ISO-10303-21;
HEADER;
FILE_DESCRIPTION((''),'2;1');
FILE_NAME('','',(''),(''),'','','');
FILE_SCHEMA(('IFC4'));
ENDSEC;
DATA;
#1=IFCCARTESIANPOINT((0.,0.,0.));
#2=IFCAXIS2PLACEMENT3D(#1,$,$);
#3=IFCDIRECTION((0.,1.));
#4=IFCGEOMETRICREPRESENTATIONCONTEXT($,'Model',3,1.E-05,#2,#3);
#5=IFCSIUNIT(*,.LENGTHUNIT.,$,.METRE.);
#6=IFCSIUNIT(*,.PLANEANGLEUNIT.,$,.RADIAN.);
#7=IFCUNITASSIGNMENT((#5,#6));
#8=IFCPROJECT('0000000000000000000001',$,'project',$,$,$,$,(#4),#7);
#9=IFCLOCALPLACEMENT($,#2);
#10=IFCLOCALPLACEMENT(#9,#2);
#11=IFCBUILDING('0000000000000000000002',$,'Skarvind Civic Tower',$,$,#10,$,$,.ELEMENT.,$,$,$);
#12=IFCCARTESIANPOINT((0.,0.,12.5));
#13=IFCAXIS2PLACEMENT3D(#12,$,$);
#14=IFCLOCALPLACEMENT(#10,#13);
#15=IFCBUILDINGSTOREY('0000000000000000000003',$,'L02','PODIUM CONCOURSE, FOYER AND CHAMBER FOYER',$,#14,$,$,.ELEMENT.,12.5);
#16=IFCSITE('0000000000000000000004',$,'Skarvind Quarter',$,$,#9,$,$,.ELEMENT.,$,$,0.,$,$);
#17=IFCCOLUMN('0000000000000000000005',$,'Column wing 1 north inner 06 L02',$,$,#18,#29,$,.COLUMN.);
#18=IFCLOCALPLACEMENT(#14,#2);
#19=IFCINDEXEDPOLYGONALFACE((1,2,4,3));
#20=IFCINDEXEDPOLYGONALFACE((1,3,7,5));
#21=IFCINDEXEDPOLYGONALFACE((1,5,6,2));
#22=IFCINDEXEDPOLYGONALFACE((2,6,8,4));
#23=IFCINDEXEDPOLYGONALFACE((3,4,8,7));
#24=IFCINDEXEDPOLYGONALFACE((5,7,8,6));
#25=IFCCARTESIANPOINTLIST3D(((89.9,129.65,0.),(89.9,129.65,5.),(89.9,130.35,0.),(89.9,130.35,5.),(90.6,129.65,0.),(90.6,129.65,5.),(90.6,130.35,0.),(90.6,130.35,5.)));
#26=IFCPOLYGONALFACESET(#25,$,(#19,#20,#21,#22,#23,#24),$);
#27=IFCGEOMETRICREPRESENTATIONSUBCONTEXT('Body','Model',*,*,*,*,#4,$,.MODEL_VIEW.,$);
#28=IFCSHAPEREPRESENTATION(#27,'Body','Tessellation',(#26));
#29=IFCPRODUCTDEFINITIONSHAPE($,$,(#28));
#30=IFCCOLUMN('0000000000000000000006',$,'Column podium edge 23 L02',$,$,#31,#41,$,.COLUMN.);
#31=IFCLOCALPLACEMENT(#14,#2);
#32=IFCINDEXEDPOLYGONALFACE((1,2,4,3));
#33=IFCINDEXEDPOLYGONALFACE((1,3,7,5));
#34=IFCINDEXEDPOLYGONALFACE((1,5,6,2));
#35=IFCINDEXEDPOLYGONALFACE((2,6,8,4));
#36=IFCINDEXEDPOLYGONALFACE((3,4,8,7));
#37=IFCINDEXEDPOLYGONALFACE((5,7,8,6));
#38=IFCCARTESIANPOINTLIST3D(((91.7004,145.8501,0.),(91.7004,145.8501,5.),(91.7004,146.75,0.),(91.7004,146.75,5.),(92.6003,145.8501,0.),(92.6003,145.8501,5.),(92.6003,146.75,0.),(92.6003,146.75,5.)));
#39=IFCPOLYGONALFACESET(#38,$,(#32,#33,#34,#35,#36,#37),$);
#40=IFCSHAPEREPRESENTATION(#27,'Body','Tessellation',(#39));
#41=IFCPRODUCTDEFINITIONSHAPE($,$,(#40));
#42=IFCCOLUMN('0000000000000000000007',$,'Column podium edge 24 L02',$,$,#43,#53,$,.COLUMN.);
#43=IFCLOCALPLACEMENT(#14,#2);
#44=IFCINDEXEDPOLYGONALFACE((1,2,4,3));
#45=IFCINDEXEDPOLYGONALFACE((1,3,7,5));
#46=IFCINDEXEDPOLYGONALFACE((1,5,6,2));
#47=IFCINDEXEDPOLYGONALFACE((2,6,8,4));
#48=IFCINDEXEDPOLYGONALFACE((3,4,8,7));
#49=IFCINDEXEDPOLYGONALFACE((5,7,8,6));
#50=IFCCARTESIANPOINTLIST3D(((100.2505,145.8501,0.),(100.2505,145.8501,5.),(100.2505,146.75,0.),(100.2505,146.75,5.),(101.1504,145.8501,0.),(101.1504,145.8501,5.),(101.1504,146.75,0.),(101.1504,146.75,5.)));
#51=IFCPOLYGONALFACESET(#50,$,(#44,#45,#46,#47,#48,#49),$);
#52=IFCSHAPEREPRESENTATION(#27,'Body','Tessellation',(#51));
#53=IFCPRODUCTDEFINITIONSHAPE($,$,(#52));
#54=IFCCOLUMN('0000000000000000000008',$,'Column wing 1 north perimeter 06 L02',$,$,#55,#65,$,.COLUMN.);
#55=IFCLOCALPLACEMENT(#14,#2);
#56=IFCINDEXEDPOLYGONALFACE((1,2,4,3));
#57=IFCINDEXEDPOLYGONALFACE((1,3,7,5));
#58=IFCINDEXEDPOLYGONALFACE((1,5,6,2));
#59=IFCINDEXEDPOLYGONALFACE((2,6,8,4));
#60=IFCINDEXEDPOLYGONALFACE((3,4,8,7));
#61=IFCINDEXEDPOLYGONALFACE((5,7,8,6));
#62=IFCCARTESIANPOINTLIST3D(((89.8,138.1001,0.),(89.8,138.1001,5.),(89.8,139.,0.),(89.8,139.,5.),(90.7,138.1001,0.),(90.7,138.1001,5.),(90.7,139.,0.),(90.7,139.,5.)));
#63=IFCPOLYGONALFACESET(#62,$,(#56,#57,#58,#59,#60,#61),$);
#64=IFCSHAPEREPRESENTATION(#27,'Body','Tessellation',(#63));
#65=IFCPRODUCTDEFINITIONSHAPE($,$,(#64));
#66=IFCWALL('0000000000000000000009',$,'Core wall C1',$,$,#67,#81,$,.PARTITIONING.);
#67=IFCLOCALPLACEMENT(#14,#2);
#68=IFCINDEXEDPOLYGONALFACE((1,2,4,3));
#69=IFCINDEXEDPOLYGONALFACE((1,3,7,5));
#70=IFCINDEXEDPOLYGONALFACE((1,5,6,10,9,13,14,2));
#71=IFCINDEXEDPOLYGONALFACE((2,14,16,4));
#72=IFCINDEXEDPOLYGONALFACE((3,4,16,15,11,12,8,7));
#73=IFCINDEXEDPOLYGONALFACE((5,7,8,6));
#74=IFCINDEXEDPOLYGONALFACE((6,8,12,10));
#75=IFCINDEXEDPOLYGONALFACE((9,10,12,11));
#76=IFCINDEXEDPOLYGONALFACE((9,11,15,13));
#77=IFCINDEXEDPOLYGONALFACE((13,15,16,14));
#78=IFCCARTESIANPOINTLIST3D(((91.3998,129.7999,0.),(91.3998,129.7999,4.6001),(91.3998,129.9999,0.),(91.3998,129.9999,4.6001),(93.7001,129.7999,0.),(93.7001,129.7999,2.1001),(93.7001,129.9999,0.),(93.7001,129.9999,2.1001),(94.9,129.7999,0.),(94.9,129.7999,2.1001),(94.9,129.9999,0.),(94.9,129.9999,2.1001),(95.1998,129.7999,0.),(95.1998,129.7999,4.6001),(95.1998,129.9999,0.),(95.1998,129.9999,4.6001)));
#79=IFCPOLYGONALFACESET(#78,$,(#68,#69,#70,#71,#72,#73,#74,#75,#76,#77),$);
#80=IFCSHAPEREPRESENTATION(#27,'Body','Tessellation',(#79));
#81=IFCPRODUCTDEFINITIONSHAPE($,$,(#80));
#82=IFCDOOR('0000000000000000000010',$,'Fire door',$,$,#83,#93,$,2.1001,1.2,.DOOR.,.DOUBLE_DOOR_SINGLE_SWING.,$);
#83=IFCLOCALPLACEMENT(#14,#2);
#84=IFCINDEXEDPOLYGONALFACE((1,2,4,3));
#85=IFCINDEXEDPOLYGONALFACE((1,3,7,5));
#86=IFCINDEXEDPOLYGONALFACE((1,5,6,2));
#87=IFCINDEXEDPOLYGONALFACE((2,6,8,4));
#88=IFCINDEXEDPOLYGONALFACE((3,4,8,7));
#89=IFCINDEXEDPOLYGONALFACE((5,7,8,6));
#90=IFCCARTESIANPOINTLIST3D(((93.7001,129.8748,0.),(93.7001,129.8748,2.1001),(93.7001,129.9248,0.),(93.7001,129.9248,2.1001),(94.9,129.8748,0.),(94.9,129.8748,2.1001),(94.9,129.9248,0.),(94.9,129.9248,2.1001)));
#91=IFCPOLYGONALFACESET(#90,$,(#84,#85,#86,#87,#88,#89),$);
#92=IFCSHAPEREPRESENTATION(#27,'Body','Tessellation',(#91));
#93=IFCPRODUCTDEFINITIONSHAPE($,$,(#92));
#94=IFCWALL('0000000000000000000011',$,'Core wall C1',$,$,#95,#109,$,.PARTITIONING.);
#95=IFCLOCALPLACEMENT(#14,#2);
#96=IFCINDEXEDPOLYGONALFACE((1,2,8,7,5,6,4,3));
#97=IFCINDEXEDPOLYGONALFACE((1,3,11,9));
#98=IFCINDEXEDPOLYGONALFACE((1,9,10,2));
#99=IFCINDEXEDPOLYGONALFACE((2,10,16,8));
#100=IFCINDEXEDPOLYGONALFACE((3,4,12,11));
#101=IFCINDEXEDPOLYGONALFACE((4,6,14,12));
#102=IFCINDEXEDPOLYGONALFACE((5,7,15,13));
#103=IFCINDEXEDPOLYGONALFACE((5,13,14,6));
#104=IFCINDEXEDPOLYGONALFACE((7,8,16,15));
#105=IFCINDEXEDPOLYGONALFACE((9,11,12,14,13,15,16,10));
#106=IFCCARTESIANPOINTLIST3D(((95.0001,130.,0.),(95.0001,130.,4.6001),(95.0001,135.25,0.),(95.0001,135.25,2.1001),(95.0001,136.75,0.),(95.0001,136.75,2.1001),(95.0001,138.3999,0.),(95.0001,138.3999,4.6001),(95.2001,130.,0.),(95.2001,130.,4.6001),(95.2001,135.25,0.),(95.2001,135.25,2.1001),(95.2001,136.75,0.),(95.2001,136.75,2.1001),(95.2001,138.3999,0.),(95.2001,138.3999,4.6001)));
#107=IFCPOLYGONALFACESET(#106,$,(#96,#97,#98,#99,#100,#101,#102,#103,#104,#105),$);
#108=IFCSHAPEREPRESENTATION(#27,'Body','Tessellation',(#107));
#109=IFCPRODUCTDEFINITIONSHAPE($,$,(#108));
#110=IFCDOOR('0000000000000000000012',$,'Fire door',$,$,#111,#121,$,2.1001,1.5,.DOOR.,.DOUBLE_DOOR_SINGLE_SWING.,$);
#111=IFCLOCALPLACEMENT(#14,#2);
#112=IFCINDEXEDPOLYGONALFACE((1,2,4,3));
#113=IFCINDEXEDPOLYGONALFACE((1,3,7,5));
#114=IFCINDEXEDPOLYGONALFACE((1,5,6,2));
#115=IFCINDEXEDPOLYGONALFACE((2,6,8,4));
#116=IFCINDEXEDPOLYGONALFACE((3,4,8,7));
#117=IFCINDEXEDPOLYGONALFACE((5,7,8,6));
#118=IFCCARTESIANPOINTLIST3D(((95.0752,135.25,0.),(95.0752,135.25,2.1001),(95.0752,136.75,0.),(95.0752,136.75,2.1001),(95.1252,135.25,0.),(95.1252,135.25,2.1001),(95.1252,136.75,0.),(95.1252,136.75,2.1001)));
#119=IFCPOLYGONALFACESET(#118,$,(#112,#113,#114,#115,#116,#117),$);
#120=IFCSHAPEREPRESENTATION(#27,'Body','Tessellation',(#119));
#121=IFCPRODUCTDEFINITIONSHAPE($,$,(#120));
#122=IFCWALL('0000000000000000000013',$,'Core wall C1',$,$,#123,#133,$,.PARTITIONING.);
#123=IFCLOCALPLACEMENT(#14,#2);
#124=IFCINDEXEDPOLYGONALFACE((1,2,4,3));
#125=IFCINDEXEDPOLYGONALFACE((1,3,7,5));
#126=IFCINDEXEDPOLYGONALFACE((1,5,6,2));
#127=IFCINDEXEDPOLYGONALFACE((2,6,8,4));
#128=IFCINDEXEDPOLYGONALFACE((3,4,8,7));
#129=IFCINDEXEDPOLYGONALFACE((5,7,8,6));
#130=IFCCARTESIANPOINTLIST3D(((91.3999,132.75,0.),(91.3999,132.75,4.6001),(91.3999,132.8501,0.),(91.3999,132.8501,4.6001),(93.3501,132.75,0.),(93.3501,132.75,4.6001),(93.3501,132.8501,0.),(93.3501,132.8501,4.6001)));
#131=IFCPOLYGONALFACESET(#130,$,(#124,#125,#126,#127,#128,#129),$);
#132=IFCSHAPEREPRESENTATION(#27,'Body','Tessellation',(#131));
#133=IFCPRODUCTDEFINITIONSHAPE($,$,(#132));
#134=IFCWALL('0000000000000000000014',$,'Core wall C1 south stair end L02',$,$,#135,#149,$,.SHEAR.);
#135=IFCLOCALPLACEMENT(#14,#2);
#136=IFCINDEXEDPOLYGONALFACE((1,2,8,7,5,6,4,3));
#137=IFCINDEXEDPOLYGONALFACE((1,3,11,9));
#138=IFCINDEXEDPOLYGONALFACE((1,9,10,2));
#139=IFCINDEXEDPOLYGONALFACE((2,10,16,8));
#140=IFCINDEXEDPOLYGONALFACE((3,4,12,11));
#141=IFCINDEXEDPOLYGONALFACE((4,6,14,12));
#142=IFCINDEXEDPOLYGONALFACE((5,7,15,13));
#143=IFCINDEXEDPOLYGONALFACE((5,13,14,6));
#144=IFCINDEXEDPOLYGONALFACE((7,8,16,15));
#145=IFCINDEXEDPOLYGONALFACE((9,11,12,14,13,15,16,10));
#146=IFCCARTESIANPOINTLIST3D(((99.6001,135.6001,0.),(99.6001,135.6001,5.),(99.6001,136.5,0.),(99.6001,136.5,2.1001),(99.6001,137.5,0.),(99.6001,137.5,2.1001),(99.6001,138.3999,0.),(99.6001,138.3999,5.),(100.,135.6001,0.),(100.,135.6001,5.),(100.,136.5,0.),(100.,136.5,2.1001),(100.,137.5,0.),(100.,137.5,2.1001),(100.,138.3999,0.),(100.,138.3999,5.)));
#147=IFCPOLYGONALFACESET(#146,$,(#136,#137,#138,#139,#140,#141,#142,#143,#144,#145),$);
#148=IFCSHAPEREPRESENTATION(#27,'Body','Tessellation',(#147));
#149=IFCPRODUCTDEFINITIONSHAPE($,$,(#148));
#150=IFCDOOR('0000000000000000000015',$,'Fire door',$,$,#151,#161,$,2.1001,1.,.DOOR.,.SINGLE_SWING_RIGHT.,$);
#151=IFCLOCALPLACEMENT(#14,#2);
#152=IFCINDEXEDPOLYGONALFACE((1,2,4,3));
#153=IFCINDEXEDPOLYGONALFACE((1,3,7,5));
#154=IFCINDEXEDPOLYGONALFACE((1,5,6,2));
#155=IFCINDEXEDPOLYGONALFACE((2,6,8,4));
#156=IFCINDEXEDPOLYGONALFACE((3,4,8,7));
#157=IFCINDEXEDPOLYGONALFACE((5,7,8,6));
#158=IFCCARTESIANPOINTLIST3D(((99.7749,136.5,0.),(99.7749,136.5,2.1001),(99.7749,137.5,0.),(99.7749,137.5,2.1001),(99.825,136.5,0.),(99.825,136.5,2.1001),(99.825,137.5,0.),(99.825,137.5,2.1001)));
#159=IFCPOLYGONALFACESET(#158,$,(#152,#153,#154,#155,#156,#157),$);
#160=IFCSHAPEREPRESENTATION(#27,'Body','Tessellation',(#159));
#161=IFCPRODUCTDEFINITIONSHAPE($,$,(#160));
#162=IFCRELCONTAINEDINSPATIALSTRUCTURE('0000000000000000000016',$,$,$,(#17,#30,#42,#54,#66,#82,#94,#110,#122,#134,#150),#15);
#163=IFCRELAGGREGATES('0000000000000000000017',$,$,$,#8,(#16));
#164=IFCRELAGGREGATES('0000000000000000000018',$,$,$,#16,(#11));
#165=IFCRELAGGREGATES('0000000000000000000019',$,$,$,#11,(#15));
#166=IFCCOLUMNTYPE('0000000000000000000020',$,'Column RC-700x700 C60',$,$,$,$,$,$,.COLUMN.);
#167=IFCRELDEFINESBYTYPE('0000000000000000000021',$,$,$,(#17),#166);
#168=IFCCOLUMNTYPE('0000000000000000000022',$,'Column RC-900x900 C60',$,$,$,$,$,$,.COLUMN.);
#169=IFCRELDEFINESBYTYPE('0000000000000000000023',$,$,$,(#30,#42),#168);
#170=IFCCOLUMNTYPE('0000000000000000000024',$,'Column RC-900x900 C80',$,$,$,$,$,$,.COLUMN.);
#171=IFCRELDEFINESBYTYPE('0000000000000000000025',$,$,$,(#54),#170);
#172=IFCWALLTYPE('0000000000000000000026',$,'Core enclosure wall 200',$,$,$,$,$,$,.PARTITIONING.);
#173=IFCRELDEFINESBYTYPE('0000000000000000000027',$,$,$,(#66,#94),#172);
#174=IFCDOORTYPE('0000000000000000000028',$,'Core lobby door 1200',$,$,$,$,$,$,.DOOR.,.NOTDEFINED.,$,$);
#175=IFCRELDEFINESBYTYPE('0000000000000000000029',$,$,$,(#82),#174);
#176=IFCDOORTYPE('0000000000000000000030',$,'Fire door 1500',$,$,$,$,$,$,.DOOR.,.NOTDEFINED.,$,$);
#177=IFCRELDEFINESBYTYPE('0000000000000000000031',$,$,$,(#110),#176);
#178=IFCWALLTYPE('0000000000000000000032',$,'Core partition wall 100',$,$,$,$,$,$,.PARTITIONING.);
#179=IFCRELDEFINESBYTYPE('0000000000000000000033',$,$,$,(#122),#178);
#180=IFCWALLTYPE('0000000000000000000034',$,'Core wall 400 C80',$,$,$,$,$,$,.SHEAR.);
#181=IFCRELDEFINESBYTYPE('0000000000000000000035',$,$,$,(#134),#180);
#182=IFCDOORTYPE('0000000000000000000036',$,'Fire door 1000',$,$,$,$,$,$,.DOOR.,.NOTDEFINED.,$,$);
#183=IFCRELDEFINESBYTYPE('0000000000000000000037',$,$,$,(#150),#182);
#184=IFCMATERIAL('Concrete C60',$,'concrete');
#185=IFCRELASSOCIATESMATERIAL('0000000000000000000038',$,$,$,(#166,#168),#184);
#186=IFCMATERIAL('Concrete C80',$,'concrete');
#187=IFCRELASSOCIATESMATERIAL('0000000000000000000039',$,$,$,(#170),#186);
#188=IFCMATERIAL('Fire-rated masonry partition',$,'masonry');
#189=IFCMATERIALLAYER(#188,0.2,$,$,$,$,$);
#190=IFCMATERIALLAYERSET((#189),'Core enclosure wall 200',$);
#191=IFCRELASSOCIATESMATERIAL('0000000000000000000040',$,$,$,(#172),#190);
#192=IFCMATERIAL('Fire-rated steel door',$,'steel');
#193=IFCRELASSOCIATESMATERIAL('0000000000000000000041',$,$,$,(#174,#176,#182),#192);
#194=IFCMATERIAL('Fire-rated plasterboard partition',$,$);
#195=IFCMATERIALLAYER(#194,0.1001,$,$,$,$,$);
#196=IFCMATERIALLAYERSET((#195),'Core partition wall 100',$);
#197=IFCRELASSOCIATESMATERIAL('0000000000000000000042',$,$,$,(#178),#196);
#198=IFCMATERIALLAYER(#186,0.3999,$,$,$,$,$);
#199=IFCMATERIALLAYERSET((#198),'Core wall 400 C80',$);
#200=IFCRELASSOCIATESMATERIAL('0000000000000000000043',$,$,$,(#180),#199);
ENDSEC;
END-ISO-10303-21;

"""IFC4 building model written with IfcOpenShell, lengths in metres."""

from ifc_helpers import new_model, si_unit, direction, frame, frame_2d, origin, origin_2d, place, context, subcontext, project, spatial, rectangle, extrude, material, layer, layer_set, material_profile, profile_set, type_object, element, fill, save


model = new_model("IFC4")

# Units and contexts
model_context = context("Model", 3, precision=1e-05, world=origin(), true_north=direction((0.0, 1.0)))
body_context = subcontext(model_context, "Body", "Model", "MODEL_VIEW")
ifc_project = project(units=[si_unit("LENGTHUNIT", "METRE"), si_unit("PLANEANGLEUNIT", "RADIAN")], contexts=[model_context])

# Site, building, storey
site_placement = place(None, origin())
site = spatial("IfcSite", under=ifc_project, at=site_placement, Name="Skarvind Quarter", CompositionType="ELEMENT", RefElevation=0.0)
building_placement = place(site_placement, origin())
building = spatial("IfcBuilding", under=site, at=building_placement, Name="Skarvind Civic Tower", CompositionType="ELEMENT")
storey_placement = place(building_placement, frame((0.0, 0.0, 12.5)))
storey = spatial("IfcBuildingStorey", under=building, at=storey_placement, Name="L02", Description="PODIUM CONCOURSE, FOYER AND CHAMBER FOYER", CompositionType="ELEMENT", Elevation=12.5)

# Columns
ifc_material_1 = material(Name="Concrete C60", Category="concrete")
ifc_material_profile_1 = material_profile(ifc_material_1, rectangle(XDim=0.7, YDim=0.7, at=origin_2d()), Name="RC-700x700")
ifc_profile_set_1 = profile_set([ifc_material_profile_1], Name="Concrete C60")
column_type_1 = type_object("IfcColumnType", Name="Column RC-700x700 C60", PredefinedType="COLUMN", material=ifc_profile_set_1)
column_1_placement = place(storey_placement, frame((90.25, 130.0, 0.0), z_axis=(0.0, 0.0, 1.0), x_axis=(1.0, 0.0, 0.0)))
element("IfcColumn", 1, at=column_1_placement, inside=storey, type_object=column_type_1, Name="Column wing 1 north inner 06 L02", PredefinedType="COLUMN", context=body_context, shape_type="SweptSolid", body=[
    extrude(rectangle(XDim=0.7, YDim=0.7, at=origin_2d()), origin(), (0.0, 0.0, 1.0), 5.0),
])
ifc_material_profile_2 = material_profile(ifc_material_1, rectangle(XDim=0.8999, YDim=0.8999, at=origin_2d()), Name="RC-900x900")
ifc_profile_set_2 = profile_set([ifc_material_profile_2], Name="Concrete C60")
column_type_2 = type_object("IfcColumnType", Name="Column RC-900x900 C60", PredefinedType="COLUMN", material=ifc_profile_set_2)
for number, where, z_axis, x_axis, name in (
    (2, (92.1504, 146.3, 0.0), (0.0, 0.0, 1.0), (1.0, 0.0, 0.0), "Column podium edge 23 L02"),
    (3, (100.7004, 146.3, 0.0), (0.0, 0.0, 1.0), (1.0, 0.0, 0.0), "Column podium edge 24 L02"),
):
    element("IfcColumn", number, at=place(storey_placement, frame(where, z_axis=z_axis, x_axis=x_axis)), inside=storey, type_object=column_type_2, Name=name, PredefinedType="COLUMN", context=body_context, shape_type="SweptSolid", body=[
        extrude(rectangle(XDim=0.8999, YDim=0.8999, at=origin_2d()), origin(), (0.0, 0.0, 1.0), 5.0),
    ])
ifc_material_2 = material(Name="Concrete C80", Category="concrete")
ifc_material_profile_3 = material_profile(ifc_material_2, rectangle(XDim=0.8999, YDim=0.8999, at=origin_2d()), Name="RC-900x900")
ifc_profile_set_3 = profile_set([ifc_material_profile_3], Name="Concrete C80")
column_type_3 = type_object("IfcColumnType", Name="Column RC-900x900 C80", PredefinedType="COLUMN", material=ifc_profile_set_3)
column_2_placement = place(storey_placement, frame((90.25, 138.55, 0.0), z_axis=(0.0, 0.0, 1.0), x_axis=(1.0, 0.0, 0.0)))
element("IfcColumn", 4, at=column_2_placement, inside=storey, type_object=column_type_3, Name="Column wing 1 north perimeter 06 L02", PredefinedType="COLUMN", context=body_context, shape_type="SweptSolid", body=[
    extrude(rectangle(XDim=0.8999, YDim=0.8999, at=origin_2d()), origin(), (0.0, 0.0, 1.0), 5.0),
])

# Walls, openings, doors
ifc_material_3 = material(Name="Fire-rated masonry partition", Category="masonry")
ifc_layer_1 = layer(ifc_material_3, 0.2)
ifc_layer_set_1 = layer_set([ifc_layer_1], Name="Core enclosure wall 200")
wall_type_1 = type_object("IfcWallType", Name="Core enclosure wall 200", PredefinedType="PARTITIONING", material=ifc_layer_set_1)
wall_1_placement = place(storey_placement, frame((91.3999, 129.8999, 0.0), z_axis=(0.0, 0.0, 1.0), x_axis=(1.0, 0.0, 0.0)))
wall_1 = element("IfcWall", 5, at=wall_1_placement, inside=storey, type_object=wall_type_1, Name="Core wall C1", PredefinedType="PARTITIONING", context=body_context, shape_type="SweptSolid", body=[
    extrude(rectangle(XDim=3.8, YDim=0.2, at=frame_2d((1.8999, 0.0))), origin(), (0.0, 0.0, 1.0), 4.6001),
])
opening_1_placement = place(wall_1_placement, frame((2.3, 0.0, 0.0)))
opening_1 = element("IfcOpeningElement", 6, at=opening_1_placement, cuts=wall_1, PredefinedType="OPENING", context=body_context, shape_type="SweptSolid", body=[
    extrude(rectangle(XDim=1.2, YDim=2.1001, at=frame_2d((0.6001, 1.05))), frame((0.0, 0.1099, 0.0), z_axis=(0.0, -1.0, 0.0), x_axis=(1.0, 0.0, 0.0)), (0.0, 0.0, 1.0), 0.22),
])
ifc_material_4 = material(Name="Fire-rated steel door", Category="steel")
door_type_1 = type_object("IfcDoorType", Name="Core lobby door 1200", OperationType="NOTDEFINED", PredefinedType="DOOR", material=ifc_material_4)
door_1_placement = place(opening_1_placement, origin())
door_1 = element("IfcDoor", 7, at=door_1_placement, inside=storey, type_object=door_type_1, Name="Fire door", OperationType="DOUBLE_DOOR_SINGLE_SWING", OverallHeight=2.1001, OverallWidth=1.2, PredefinedType="DOOR", context=body_context, shape_type="SweptSolid", body=[
    extrude(rectangle(XDim=1.2, YDim=2.1001, at=frame_2d((0.6001, 1.05))), frame((0.0, 0.0249, 0.0), z_axis=(0.0, -1.0, 0.0), x_axis=(1.0, 0.0, 0.0)), (0.0, 0.0, 1.0), 0.05),
])
fill(opening_1, door_1)
wall_2_placement = place(storey_placement, frame((95.1001, 130.0, 0.0), z_axis=(0.0, 0.0, 1.0), x_axis=(0.0, 1.0, 0.0)))
wall_2 = element("IfcWall", 8, at=wall_2_placement, inside=storey, type_object=wall_type_1, Name="Core wall C1", PredefinedType="PARTITIONING", context=body_context, shape_type="SweptSolid", body=[
    extrude(rectangle(XDim=8.3999, YDim=0.2, at=frame_2d((4.2, 0.0))), origin(), (0.0, 0.0, 1.0), 4.6001),
])
opening_2_placement = place(wall_2_placement, frame((5.25, 0.0, 0.0)))
opening_2 = element("IfcOpeningElement", 9, at=opening_2_placement, cuts=wall_2, PredefinedType="OPENING", context=body_context, shape_type="SweptSolid", body=[
    extrude(rectangle(XDim=1.5, YDim=2.1001, at=frame_2d((0.75, 1.05))), frame((0.0, 0.1099, 0.0), z_axis=(0.0, -1.0, 0.0), x_axis=(1.0, 0.0, 0.0)), (0.0, 0.0, 1.0), 0.22),
])
door_type_2 = type_object("IfcDoorType", Name="Fire door 1500", OperationType="NOTDEFINED", PredefinedType="DOOR", material=ifc_material_4)
door_2_placement = place(opening_2_placement, origin())
door_2 = element("IfcDoor", 10, at=door_2_placement, inside=storey, type_object=door_type_2, Name="Fire door", OperationType="DOUBLE_DOOR_SINGLE_SWING", OverallHeight=2.1001, OverallWidth=1.5, PredefinedType="DOOR", context=body_context, shape_type="SweptSolid", body=[
    extrude(rectangle(XDim=1.5, YDim=2.1001, at=frame_2d((0.75, 1.05))), frame((0.0, 0.0249, 0.0), z_axis=(0.0, -1.0, 0.0), x_axis=(1.0, 0.0, 0.0)), (0.0, 0.0, 1.0), 0.05),
])
fill(opening_2, door_2)

# Wall
ifc_material_5 = material(Name="Fire-rated plasterboard partition")
ifc_layer_2 = layer(ifc_material_5, 0.1001)
ifc_layer_set_2 = layer_set([ifc_layer_2], Name="Core partition wall 100")
wall_type_2 = type_object("IfcWallType", Name="Core partition wall 100", PredefinedType="PARTITIONING", material=ifc_layer_set_2)
wall_3_placement = place(storey_placement, frame((91.3999, 132.8, 0.0), z_axis=(0.0, 0.0, 1.0), x_axis=(1.0, 0.0, 0.0)))
element("IfcWall", 11, at=wall_3_placement, inside=storey, type_object=wall_type_2, Name="Core wall C1", PredefinedType="PARTITIONING", context=body_context, shape_type="SweptSolid", body=[
    extrude(rectangle(XDim=1.9502, YDim=0.1001, at=frame_2d((0.9751, 0.0))), origin(), (0.0, 0.0, 1.0), 4.6001),
])

# Wall, opening, door
ifc_layer_3 = layer(ifc_material_2, 0.3999)
ifc_layer_set_3 = layer_set([ifc_layer_3], Name="Core wall 400 C80")
wall_type_3 = type_object("IfcWallType", Name="Core wall 400 C80", PredefinedType="SHEAR", material=ifc_layer_set_3)
wall_4_placement = place(storey_placement, frame((99.8, 138.3999, 0.0), z_axis=(0.0, 0.0, 1.0), x_axis=(0.0, -1.0, 0.0)))
wall_4 = element("IfcWall", 12, at=wall_4_placement, inside=storey, type_object=wall_type_3, Name="Core wall C1 south stair end L02", PredefinedType="SHEAR", context=body_context, shape_type="SweptSolid", body=[
    extrude(rectangle(XDim=2.7998, YDim=0.3999, at=frame_2d((1.3999, 0.0))), origin(), (0.0, 0.0, 1.0), 5.0),
])
opening_3_placement = place(wall_4_placement, frame((0.8999, 0.0, 0.0)))
opening_3 = element("IfcOpeningElement", 13, at=opening_3_placement, cuts=wall_4, PredefinedType="OPENING", context=body_context, shape_type="SweptSolid", body=[
    extrude(rectangle(XDim=1.0, YDim=2.1001, at=frame_2d((0.5, 1.05))), frame((0.0, 0.21, 0.0), z_axis=(0.0, -1.0, 0.0), x_axis=(1.0, 0.0, 0.0)), (0.0, 0.0, 1.0), 0.4199),
])
door_type_3 = type_object("IfcDoorType", Name="Fire door 1000", OperationType="NOTDEFINED", PredefinedType="DOOR", material=ifc_material_4)
door_3_placement = place(opening_3_placement, origin())
door_3 = element("IfcDoor", 14, at=door_3_placement, inside=storey, type_object=door_type_3, Name="Fire door", OperationType="SINGLE_SWING_RIGHT", OverallHeight=2.1001, OverallWidth=1.0, PredefinedType="DOOR", context=body_context, shape_type="SweptSolid", body=[
    extrude(rectangle(XDim=1.0, YDim=2.1001, at=frame_2d((0.5, 1.05))), frame((0.0, 0.0249, 0.0), z_axis=(0.0, -1.0, 0.0), x_axis=(1.0, 0.0, 0.0)), (0.0, 0.0, 1.0), 0.05),
])
fill(opening_3, door_3)

save(model, "model.ifc")
